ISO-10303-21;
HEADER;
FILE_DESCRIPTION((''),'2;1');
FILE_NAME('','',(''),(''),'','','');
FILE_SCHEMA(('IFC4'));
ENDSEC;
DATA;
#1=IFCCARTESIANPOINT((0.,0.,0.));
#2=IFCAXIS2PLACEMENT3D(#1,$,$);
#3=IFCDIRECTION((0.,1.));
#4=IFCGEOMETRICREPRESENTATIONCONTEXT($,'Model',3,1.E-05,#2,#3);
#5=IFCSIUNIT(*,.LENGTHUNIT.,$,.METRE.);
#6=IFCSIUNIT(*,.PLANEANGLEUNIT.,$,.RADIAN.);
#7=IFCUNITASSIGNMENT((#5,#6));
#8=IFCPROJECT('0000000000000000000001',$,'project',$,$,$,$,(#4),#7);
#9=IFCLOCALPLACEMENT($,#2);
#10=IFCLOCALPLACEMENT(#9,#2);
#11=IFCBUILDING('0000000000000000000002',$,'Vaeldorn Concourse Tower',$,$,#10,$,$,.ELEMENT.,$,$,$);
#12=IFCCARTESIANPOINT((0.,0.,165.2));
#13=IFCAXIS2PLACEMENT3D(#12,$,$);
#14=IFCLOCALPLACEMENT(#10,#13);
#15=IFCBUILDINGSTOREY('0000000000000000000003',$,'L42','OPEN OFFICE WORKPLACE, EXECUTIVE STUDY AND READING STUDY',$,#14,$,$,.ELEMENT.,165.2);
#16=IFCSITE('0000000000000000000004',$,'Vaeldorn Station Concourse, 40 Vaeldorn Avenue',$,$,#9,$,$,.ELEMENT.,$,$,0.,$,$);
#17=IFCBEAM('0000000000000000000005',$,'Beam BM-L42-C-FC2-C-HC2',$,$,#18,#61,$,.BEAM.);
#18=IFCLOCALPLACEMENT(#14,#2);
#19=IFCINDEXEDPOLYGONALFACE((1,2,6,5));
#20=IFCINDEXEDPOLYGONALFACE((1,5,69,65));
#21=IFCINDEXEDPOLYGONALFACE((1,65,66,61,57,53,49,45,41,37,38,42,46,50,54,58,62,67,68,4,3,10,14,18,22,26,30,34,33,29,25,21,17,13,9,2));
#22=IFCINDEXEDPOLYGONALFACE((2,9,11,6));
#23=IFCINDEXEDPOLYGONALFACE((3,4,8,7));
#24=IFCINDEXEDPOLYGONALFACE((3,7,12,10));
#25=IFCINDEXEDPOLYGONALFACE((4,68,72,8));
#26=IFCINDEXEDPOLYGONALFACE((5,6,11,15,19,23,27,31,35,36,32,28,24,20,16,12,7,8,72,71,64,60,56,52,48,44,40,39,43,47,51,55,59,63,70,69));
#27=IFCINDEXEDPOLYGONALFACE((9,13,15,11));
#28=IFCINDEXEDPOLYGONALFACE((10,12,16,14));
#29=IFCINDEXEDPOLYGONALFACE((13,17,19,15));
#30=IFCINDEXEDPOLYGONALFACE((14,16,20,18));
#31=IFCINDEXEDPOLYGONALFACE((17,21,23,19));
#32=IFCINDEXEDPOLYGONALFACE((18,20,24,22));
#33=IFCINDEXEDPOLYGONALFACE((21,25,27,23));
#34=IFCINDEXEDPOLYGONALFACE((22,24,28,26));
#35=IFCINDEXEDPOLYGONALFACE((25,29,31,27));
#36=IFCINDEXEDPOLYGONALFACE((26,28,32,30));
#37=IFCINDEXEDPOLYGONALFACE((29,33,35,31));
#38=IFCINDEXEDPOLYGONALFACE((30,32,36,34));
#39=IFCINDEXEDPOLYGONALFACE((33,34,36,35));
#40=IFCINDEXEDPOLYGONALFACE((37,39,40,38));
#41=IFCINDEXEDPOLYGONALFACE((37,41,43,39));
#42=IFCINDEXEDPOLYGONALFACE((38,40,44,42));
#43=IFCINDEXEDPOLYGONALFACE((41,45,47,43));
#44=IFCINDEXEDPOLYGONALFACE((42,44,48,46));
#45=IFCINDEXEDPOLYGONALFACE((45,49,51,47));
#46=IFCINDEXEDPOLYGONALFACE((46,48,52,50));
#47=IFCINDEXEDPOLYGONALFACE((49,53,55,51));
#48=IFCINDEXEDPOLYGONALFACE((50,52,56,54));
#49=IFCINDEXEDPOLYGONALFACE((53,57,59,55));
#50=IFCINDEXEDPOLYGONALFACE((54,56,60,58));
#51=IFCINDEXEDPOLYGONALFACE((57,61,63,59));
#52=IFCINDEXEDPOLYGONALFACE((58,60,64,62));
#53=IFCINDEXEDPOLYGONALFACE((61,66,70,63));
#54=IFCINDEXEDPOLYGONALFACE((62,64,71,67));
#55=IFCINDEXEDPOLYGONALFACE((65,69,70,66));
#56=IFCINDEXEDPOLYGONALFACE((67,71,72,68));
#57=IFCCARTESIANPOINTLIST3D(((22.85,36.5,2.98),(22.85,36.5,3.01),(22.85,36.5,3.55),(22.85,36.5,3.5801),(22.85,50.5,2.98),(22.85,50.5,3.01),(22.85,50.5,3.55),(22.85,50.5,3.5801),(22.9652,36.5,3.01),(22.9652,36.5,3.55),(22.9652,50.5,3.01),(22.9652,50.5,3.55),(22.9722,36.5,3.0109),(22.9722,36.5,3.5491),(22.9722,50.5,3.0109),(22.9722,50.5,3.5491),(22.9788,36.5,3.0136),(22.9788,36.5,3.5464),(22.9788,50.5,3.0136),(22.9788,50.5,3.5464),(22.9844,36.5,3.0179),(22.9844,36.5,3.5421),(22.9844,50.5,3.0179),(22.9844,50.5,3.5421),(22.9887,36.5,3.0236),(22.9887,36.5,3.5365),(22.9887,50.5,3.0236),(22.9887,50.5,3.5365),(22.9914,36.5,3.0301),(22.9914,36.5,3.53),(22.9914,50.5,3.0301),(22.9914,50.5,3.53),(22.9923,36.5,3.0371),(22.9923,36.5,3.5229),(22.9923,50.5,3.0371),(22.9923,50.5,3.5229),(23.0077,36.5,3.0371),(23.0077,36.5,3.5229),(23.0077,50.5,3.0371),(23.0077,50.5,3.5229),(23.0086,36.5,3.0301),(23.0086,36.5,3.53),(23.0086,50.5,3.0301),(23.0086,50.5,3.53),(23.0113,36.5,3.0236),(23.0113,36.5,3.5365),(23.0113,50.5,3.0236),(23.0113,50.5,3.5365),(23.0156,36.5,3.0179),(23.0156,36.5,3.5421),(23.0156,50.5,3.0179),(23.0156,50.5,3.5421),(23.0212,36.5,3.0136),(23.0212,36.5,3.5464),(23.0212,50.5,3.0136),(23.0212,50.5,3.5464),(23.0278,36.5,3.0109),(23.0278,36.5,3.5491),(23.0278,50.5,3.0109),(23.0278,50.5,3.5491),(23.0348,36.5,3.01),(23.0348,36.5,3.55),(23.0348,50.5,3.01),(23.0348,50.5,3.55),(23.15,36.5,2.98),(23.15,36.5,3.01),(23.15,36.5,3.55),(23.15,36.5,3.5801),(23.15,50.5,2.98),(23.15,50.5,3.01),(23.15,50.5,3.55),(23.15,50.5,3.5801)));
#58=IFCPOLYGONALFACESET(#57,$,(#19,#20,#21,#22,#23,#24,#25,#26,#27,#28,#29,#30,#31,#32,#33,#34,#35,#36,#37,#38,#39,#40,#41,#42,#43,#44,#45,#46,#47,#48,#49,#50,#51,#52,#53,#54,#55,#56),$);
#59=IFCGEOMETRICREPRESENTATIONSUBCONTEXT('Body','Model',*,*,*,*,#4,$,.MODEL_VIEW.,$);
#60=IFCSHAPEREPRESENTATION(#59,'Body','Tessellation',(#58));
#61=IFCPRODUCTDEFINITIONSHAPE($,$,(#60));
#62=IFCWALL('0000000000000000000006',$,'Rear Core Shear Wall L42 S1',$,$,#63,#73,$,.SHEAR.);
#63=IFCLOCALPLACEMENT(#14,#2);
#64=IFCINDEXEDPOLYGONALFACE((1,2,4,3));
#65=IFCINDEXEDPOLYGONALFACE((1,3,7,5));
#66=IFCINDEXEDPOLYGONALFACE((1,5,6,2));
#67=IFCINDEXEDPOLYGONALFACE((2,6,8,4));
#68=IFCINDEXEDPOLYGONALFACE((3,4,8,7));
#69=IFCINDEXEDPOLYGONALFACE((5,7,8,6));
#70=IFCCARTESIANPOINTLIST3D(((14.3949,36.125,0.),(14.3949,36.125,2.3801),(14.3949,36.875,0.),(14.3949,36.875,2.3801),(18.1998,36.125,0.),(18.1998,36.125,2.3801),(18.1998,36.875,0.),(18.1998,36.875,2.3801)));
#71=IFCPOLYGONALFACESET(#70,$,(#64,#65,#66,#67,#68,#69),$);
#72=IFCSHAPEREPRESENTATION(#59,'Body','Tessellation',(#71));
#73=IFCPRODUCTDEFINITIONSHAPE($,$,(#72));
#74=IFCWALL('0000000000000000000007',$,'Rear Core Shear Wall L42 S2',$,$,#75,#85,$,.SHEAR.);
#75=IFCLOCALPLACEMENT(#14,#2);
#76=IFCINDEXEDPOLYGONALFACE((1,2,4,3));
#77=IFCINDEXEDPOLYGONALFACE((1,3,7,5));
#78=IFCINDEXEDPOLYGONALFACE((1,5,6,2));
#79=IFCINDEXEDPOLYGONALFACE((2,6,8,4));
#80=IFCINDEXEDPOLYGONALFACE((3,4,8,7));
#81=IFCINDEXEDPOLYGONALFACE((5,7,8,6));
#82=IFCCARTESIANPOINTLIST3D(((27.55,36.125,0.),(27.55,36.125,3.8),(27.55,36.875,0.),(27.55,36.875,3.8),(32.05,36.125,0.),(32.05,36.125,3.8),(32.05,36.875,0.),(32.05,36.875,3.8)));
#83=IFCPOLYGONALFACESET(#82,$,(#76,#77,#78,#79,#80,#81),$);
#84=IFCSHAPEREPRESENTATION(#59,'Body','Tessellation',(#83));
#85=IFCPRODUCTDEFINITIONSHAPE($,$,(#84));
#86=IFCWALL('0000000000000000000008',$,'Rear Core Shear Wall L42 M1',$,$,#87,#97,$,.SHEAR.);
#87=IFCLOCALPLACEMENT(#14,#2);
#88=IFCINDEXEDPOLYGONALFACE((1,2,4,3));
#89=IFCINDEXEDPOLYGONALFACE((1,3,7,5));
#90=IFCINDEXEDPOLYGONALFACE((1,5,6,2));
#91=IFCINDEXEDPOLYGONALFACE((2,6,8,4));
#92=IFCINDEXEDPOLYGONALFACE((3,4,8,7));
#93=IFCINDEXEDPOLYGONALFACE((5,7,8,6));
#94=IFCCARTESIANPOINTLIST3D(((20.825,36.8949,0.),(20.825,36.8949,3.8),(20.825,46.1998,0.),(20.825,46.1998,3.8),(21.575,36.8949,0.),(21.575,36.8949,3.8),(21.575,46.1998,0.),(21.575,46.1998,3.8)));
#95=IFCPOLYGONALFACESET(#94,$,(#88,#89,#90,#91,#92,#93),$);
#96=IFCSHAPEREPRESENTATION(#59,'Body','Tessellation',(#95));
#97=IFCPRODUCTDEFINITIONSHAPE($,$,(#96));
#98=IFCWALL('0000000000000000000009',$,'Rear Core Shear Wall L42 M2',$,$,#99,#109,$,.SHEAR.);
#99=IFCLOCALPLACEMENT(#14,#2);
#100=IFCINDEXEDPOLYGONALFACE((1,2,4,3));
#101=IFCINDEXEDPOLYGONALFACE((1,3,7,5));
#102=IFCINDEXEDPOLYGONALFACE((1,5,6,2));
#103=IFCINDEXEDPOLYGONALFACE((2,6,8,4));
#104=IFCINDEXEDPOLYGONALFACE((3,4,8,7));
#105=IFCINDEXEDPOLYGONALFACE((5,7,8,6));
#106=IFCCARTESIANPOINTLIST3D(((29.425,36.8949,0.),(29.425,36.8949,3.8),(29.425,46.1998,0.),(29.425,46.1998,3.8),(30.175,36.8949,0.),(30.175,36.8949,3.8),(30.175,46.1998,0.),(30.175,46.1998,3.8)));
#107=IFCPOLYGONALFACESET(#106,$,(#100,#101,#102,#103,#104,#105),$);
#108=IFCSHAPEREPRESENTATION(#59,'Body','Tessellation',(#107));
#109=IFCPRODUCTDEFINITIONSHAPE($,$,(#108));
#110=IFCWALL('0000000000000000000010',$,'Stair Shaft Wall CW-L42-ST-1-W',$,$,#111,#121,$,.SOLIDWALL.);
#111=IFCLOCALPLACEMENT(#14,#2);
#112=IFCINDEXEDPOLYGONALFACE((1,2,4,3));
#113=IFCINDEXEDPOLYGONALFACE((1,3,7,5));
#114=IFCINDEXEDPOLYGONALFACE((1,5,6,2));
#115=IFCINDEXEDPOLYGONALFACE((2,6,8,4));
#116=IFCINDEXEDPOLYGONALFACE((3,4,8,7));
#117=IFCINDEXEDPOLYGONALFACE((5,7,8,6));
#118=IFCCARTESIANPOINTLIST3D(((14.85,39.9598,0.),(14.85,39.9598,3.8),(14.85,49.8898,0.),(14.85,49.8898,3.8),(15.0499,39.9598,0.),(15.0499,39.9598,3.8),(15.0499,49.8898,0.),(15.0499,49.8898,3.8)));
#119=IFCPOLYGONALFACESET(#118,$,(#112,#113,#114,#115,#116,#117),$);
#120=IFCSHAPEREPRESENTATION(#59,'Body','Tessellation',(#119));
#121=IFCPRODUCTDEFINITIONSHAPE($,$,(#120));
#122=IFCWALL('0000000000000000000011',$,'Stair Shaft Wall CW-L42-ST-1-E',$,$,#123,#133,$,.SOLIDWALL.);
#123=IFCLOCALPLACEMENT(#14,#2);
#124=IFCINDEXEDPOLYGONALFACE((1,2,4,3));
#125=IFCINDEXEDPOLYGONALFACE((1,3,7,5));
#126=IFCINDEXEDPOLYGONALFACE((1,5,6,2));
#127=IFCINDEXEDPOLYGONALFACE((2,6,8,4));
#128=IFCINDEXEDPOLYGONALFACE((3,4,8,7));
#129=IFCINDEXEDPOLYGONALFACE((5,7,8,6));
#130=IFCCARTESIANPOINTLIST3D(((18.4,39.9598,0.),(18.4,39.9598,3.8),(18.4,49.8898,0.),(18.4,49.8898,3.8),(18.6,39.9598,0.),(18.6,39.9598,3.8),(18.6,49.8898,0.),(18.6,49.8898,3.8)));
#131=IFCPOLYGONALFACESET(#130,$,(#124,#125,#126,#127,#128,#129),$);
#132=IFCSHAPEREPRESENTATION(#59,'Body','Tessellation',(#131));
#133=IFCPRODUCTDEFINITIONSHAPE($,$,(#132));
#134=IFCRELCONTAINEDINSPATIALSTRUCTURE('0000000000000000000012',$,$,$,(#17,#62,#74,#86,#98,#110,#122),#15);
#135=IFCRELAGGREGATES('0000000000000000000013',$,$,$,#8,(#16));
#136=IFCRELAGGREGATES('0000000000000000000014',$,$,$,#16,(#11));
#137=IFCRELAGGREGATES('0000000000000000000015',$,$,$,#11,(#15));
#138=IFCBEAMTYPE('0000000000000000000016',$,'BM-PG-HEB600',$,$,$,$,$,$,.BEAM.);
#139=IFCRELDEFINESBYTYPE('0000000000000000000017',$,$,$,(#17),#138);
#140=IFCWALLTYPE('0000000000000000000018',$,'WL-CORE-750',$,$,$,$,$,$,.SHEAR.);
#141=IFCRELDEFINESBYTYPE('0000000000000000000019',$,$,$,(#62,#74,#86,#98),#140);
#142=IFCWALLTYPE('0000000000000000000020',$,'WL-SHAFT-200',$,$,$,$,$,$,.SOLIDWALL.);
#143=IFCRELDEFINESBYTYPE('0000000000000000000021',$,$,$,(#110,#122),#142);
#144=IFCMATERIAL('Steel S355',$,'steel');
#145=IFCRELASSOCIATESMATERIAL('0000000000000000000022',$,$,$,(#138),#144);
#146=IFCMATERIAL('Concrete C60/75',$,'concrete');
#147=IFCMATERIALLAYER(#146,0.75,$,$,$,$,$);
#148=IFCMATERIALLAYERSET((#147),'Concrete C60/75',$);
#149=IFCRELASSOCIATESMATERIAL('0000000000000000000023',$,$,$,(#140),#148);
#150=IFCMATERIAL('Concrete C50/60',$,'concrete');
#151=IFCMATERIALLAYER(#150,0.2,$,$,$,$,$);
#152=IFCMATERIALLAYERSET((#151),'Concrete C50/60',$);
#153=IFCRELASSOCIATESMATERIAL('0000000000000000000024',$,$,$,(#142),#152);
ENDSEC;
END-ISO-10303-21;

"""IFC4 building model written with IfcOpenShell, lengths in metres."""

from ifc_helpers import new_model, si_unit, direction, frame, frame_2d, origin, origin_2d, place, context, subcontext, project, spatial, rectangle, i_section, extrude, source, transform, mapped, material, layer, layer_set, material_profile, profile_set, type_object, element, save


model = new_model("IFC4")

# Units and contexts
model_context = context("Model", 3, precision=1e-05, world=origin(), true_north=direction((0.0, 1.0)))
body_context = subcontext(model_context, "Body", "Model", "MODEL_VIEW")
ifc_project = project(units=[si_unit("LENGTHUNIT", "METRE"), si_unit("PLANEANGLEUNIT", "RADIAN")], contexts=[model_context])

# Site, building, storey
site_placement = place(None, origin())
site = spatial("IfcSite", under=ifc_project, at=site_placement, Name="Vaeldorn Station Concourse, 40 Vaeldorn Avenue", CompositionType="ELEMENT", RefElevation=0.0)
building_placement = place(site_placement, origin())
building = spatial("IfcBuilding", under=site, at=building_placement, Name="Vaeldorn Concourse Tower", CompositionType="ELEMENT")
storey_placement = place(building_placement, frame((0.0, 0.0, 165.2)))
storey = spatial("IfcBuildingStorey", under=building, at=storey_placement, Name="L42", Description="OPEN OFFICE WORKPLACE, EXECUTIVE STUDY AND READING STUDY", CompositionType="ELEMENT", Elevation=165.2)

# Beam
ifc_material_1 = material(Name="Steel S355", Category="steel")
ifc_material_profile_1 = material_profile(ifc_material_1, i_section(OverallWidth=0.3, OverallDepth=0.6001, WebThickness=0.0154, FlangeThickness=0.03, FilletRadius=0.0271, at=origin_2d()), Name="HEB 600")
ifc_profile_set_1 = profile_set([ifc_material_profile_1], Name="Steel S355")
beam_type_1 = type_object("IfcBeamType", Name="BM-PG-HEB600", PredefinedType="BEAM", material=ifc_profile_set_1)
shared_shape_1 = source(origin(), body_context, "Body", "SweptSolid", [
    extrude(i_section(OverallWidth=0.3, OverallDepth=0.6001, WebThickness=0.0154, FlangeThickness=0.03, FilletRadius=0.0271, at=origin_2d()), origin(), (0.0, 0.0, 1.0), 14.0),
])
beam_1_placement = place(storey_placement, frame((23.0, 36.5, 3.28), z_axis=(0.0, 1.0, 0.0), x_axis=(-1.0, 0.0, 0.0)))
element("IfcBeam", 1, at=beam_1_placement, inside=storey, type_object=beam_type_1, Name="Beam BM-L42-C-FC2-C-HC2", PredefinedType="BEAM", context=body_context, shape_type="MappedRepresentation", body=[
    mapped(shared_shape_1, transform((0.0, 0.0, 0.0), scale=1.0)),
])

# Walls
ifc_material_2 = material(Name="Concrete C60/75", Category="concrete")
ifc_layer_1 = layer(ifc_material_2, 0.75)
ifc_layer_set_1 = layer_set([ifc_layer_1], Name="Concrete C60/75")
wall_type_1 = type_object("IfcWallType", Name="WL-CORE-750", PredefinedType="SHEAR", material=ifc_layer_set_1)
wall_1_placement = place(storey_placement, frame((14.395, 36.5, 0.0), z_axis=(0.0, 0.0, 1.0), x_axis=(1.0, 0.0, 0.0)))
element("IfcWall", 2, at=wall_1_placement, inside=storey, type_object=wall_type_1, Name="Rear Core Shear Wall L42 S1", PredefinedType="SHEAR", context=body_context, shape_type="SweptSolid", body=[
    extrude(rectangle(XDim=3.8049, YDim=0.75, at=frame_2d((1.9023, 0.0))), origin(), (0.0, 0.0, 1.0), 2.3801),
])
wall_2_placement = place(storey_placement, frame((27.55, 36.5, 0.0), z_axis=(0.0, 0.0, 1.0), x_axis=(1.0, 0.0, 0.0)))
element("IfcWall", 3, at=wall_2_placement, inside=storey, type_object=wall_type_1, Name="Rear Core Shear Wall L42 S2", PredefinedType="SHEAR", context=body_context, shape_type="SweptSolid", body=[
    extrude(rectangle(XDim=4.5, YDim=0.75, at=frame_2d((2.25, 0.0))), origin(), (0.0, 0.0, 1.0), 3.8),
])
for number, where, z_axis, x_axis, name in (
    (4, (21.2, 36.895, 0.0), (0.0, 0.0, 1.0), (0.0, 1.0, 0.0), "Rear Core Shear Wall L42 M1"),
    (5, (29.8, 36.895, 0.0), (0.0, 0.0, 1.0), (0.0, 1.0, 0.0), "Rear Core Shear Wall L42 M2"),
):
    element("IfcWall", number, at=place(storey_placement, frame(where, z_axis=z_axis, x_axis=x_axis)), inside=storey, type_object=wall_type_1, Name=name, PredefinedType="SHEAR", context=body_context, shape_type="SweptSolid", body=[
        extrude(rectangle(XDim=9.3049, YDim=0.75, at=frame_2d((4.6523, 0.0))), origin(), (0.0, 0.0, 1.0), 3.8),
    ])

# Shared definitions
ifc_material_3 = material(Name="Concrete C50/60", Category="concrete")
ifc_layer_2 = layer(ifc_material_3, 0.2)
ifc_layer_set_2 = layer_set([ifc_layer_2], Name="Concrete C50/60")
wall_type_2 = type_object("IfcWallType", Name="WL-SHAFT-200", PredefinedType="SOLIDWALL", material=ifc_layer_set_2)

# Walls
for number, where, z_axis, x_axis, name in (
    (6, (14.95, 39.96, 0.0), (0.0, 0.0, 1.0), (0.0, 1.0, 0.0), "Stair Shaft Wall CW-L42-ST-1-W"),
    (7, (18.5, 39.96, 0.0), (0.0, 0.0, 1.0), (0.0, 1.0, 0.0), "Stair Shaft Wall CW-L42-ST-1-E"),
):
    element("IfcWall", number, at=place(storey_placement, frame(where, z_axis=z_axis, x_axis=x_axis)), inside=storey, type_object=wall_type_2, Name=name, PredefinedType="SOLIDWALL", context=body_context, shape_type="SweptSolid", body=[
        extrude(rectangle(XDim=9.9299, YDim=0.2, at=frame_2d((4.9648, 0.0))), origin(), (0.0, 0.0, 1.0), 3.8),
    ])

save(model, "model.ifc")
